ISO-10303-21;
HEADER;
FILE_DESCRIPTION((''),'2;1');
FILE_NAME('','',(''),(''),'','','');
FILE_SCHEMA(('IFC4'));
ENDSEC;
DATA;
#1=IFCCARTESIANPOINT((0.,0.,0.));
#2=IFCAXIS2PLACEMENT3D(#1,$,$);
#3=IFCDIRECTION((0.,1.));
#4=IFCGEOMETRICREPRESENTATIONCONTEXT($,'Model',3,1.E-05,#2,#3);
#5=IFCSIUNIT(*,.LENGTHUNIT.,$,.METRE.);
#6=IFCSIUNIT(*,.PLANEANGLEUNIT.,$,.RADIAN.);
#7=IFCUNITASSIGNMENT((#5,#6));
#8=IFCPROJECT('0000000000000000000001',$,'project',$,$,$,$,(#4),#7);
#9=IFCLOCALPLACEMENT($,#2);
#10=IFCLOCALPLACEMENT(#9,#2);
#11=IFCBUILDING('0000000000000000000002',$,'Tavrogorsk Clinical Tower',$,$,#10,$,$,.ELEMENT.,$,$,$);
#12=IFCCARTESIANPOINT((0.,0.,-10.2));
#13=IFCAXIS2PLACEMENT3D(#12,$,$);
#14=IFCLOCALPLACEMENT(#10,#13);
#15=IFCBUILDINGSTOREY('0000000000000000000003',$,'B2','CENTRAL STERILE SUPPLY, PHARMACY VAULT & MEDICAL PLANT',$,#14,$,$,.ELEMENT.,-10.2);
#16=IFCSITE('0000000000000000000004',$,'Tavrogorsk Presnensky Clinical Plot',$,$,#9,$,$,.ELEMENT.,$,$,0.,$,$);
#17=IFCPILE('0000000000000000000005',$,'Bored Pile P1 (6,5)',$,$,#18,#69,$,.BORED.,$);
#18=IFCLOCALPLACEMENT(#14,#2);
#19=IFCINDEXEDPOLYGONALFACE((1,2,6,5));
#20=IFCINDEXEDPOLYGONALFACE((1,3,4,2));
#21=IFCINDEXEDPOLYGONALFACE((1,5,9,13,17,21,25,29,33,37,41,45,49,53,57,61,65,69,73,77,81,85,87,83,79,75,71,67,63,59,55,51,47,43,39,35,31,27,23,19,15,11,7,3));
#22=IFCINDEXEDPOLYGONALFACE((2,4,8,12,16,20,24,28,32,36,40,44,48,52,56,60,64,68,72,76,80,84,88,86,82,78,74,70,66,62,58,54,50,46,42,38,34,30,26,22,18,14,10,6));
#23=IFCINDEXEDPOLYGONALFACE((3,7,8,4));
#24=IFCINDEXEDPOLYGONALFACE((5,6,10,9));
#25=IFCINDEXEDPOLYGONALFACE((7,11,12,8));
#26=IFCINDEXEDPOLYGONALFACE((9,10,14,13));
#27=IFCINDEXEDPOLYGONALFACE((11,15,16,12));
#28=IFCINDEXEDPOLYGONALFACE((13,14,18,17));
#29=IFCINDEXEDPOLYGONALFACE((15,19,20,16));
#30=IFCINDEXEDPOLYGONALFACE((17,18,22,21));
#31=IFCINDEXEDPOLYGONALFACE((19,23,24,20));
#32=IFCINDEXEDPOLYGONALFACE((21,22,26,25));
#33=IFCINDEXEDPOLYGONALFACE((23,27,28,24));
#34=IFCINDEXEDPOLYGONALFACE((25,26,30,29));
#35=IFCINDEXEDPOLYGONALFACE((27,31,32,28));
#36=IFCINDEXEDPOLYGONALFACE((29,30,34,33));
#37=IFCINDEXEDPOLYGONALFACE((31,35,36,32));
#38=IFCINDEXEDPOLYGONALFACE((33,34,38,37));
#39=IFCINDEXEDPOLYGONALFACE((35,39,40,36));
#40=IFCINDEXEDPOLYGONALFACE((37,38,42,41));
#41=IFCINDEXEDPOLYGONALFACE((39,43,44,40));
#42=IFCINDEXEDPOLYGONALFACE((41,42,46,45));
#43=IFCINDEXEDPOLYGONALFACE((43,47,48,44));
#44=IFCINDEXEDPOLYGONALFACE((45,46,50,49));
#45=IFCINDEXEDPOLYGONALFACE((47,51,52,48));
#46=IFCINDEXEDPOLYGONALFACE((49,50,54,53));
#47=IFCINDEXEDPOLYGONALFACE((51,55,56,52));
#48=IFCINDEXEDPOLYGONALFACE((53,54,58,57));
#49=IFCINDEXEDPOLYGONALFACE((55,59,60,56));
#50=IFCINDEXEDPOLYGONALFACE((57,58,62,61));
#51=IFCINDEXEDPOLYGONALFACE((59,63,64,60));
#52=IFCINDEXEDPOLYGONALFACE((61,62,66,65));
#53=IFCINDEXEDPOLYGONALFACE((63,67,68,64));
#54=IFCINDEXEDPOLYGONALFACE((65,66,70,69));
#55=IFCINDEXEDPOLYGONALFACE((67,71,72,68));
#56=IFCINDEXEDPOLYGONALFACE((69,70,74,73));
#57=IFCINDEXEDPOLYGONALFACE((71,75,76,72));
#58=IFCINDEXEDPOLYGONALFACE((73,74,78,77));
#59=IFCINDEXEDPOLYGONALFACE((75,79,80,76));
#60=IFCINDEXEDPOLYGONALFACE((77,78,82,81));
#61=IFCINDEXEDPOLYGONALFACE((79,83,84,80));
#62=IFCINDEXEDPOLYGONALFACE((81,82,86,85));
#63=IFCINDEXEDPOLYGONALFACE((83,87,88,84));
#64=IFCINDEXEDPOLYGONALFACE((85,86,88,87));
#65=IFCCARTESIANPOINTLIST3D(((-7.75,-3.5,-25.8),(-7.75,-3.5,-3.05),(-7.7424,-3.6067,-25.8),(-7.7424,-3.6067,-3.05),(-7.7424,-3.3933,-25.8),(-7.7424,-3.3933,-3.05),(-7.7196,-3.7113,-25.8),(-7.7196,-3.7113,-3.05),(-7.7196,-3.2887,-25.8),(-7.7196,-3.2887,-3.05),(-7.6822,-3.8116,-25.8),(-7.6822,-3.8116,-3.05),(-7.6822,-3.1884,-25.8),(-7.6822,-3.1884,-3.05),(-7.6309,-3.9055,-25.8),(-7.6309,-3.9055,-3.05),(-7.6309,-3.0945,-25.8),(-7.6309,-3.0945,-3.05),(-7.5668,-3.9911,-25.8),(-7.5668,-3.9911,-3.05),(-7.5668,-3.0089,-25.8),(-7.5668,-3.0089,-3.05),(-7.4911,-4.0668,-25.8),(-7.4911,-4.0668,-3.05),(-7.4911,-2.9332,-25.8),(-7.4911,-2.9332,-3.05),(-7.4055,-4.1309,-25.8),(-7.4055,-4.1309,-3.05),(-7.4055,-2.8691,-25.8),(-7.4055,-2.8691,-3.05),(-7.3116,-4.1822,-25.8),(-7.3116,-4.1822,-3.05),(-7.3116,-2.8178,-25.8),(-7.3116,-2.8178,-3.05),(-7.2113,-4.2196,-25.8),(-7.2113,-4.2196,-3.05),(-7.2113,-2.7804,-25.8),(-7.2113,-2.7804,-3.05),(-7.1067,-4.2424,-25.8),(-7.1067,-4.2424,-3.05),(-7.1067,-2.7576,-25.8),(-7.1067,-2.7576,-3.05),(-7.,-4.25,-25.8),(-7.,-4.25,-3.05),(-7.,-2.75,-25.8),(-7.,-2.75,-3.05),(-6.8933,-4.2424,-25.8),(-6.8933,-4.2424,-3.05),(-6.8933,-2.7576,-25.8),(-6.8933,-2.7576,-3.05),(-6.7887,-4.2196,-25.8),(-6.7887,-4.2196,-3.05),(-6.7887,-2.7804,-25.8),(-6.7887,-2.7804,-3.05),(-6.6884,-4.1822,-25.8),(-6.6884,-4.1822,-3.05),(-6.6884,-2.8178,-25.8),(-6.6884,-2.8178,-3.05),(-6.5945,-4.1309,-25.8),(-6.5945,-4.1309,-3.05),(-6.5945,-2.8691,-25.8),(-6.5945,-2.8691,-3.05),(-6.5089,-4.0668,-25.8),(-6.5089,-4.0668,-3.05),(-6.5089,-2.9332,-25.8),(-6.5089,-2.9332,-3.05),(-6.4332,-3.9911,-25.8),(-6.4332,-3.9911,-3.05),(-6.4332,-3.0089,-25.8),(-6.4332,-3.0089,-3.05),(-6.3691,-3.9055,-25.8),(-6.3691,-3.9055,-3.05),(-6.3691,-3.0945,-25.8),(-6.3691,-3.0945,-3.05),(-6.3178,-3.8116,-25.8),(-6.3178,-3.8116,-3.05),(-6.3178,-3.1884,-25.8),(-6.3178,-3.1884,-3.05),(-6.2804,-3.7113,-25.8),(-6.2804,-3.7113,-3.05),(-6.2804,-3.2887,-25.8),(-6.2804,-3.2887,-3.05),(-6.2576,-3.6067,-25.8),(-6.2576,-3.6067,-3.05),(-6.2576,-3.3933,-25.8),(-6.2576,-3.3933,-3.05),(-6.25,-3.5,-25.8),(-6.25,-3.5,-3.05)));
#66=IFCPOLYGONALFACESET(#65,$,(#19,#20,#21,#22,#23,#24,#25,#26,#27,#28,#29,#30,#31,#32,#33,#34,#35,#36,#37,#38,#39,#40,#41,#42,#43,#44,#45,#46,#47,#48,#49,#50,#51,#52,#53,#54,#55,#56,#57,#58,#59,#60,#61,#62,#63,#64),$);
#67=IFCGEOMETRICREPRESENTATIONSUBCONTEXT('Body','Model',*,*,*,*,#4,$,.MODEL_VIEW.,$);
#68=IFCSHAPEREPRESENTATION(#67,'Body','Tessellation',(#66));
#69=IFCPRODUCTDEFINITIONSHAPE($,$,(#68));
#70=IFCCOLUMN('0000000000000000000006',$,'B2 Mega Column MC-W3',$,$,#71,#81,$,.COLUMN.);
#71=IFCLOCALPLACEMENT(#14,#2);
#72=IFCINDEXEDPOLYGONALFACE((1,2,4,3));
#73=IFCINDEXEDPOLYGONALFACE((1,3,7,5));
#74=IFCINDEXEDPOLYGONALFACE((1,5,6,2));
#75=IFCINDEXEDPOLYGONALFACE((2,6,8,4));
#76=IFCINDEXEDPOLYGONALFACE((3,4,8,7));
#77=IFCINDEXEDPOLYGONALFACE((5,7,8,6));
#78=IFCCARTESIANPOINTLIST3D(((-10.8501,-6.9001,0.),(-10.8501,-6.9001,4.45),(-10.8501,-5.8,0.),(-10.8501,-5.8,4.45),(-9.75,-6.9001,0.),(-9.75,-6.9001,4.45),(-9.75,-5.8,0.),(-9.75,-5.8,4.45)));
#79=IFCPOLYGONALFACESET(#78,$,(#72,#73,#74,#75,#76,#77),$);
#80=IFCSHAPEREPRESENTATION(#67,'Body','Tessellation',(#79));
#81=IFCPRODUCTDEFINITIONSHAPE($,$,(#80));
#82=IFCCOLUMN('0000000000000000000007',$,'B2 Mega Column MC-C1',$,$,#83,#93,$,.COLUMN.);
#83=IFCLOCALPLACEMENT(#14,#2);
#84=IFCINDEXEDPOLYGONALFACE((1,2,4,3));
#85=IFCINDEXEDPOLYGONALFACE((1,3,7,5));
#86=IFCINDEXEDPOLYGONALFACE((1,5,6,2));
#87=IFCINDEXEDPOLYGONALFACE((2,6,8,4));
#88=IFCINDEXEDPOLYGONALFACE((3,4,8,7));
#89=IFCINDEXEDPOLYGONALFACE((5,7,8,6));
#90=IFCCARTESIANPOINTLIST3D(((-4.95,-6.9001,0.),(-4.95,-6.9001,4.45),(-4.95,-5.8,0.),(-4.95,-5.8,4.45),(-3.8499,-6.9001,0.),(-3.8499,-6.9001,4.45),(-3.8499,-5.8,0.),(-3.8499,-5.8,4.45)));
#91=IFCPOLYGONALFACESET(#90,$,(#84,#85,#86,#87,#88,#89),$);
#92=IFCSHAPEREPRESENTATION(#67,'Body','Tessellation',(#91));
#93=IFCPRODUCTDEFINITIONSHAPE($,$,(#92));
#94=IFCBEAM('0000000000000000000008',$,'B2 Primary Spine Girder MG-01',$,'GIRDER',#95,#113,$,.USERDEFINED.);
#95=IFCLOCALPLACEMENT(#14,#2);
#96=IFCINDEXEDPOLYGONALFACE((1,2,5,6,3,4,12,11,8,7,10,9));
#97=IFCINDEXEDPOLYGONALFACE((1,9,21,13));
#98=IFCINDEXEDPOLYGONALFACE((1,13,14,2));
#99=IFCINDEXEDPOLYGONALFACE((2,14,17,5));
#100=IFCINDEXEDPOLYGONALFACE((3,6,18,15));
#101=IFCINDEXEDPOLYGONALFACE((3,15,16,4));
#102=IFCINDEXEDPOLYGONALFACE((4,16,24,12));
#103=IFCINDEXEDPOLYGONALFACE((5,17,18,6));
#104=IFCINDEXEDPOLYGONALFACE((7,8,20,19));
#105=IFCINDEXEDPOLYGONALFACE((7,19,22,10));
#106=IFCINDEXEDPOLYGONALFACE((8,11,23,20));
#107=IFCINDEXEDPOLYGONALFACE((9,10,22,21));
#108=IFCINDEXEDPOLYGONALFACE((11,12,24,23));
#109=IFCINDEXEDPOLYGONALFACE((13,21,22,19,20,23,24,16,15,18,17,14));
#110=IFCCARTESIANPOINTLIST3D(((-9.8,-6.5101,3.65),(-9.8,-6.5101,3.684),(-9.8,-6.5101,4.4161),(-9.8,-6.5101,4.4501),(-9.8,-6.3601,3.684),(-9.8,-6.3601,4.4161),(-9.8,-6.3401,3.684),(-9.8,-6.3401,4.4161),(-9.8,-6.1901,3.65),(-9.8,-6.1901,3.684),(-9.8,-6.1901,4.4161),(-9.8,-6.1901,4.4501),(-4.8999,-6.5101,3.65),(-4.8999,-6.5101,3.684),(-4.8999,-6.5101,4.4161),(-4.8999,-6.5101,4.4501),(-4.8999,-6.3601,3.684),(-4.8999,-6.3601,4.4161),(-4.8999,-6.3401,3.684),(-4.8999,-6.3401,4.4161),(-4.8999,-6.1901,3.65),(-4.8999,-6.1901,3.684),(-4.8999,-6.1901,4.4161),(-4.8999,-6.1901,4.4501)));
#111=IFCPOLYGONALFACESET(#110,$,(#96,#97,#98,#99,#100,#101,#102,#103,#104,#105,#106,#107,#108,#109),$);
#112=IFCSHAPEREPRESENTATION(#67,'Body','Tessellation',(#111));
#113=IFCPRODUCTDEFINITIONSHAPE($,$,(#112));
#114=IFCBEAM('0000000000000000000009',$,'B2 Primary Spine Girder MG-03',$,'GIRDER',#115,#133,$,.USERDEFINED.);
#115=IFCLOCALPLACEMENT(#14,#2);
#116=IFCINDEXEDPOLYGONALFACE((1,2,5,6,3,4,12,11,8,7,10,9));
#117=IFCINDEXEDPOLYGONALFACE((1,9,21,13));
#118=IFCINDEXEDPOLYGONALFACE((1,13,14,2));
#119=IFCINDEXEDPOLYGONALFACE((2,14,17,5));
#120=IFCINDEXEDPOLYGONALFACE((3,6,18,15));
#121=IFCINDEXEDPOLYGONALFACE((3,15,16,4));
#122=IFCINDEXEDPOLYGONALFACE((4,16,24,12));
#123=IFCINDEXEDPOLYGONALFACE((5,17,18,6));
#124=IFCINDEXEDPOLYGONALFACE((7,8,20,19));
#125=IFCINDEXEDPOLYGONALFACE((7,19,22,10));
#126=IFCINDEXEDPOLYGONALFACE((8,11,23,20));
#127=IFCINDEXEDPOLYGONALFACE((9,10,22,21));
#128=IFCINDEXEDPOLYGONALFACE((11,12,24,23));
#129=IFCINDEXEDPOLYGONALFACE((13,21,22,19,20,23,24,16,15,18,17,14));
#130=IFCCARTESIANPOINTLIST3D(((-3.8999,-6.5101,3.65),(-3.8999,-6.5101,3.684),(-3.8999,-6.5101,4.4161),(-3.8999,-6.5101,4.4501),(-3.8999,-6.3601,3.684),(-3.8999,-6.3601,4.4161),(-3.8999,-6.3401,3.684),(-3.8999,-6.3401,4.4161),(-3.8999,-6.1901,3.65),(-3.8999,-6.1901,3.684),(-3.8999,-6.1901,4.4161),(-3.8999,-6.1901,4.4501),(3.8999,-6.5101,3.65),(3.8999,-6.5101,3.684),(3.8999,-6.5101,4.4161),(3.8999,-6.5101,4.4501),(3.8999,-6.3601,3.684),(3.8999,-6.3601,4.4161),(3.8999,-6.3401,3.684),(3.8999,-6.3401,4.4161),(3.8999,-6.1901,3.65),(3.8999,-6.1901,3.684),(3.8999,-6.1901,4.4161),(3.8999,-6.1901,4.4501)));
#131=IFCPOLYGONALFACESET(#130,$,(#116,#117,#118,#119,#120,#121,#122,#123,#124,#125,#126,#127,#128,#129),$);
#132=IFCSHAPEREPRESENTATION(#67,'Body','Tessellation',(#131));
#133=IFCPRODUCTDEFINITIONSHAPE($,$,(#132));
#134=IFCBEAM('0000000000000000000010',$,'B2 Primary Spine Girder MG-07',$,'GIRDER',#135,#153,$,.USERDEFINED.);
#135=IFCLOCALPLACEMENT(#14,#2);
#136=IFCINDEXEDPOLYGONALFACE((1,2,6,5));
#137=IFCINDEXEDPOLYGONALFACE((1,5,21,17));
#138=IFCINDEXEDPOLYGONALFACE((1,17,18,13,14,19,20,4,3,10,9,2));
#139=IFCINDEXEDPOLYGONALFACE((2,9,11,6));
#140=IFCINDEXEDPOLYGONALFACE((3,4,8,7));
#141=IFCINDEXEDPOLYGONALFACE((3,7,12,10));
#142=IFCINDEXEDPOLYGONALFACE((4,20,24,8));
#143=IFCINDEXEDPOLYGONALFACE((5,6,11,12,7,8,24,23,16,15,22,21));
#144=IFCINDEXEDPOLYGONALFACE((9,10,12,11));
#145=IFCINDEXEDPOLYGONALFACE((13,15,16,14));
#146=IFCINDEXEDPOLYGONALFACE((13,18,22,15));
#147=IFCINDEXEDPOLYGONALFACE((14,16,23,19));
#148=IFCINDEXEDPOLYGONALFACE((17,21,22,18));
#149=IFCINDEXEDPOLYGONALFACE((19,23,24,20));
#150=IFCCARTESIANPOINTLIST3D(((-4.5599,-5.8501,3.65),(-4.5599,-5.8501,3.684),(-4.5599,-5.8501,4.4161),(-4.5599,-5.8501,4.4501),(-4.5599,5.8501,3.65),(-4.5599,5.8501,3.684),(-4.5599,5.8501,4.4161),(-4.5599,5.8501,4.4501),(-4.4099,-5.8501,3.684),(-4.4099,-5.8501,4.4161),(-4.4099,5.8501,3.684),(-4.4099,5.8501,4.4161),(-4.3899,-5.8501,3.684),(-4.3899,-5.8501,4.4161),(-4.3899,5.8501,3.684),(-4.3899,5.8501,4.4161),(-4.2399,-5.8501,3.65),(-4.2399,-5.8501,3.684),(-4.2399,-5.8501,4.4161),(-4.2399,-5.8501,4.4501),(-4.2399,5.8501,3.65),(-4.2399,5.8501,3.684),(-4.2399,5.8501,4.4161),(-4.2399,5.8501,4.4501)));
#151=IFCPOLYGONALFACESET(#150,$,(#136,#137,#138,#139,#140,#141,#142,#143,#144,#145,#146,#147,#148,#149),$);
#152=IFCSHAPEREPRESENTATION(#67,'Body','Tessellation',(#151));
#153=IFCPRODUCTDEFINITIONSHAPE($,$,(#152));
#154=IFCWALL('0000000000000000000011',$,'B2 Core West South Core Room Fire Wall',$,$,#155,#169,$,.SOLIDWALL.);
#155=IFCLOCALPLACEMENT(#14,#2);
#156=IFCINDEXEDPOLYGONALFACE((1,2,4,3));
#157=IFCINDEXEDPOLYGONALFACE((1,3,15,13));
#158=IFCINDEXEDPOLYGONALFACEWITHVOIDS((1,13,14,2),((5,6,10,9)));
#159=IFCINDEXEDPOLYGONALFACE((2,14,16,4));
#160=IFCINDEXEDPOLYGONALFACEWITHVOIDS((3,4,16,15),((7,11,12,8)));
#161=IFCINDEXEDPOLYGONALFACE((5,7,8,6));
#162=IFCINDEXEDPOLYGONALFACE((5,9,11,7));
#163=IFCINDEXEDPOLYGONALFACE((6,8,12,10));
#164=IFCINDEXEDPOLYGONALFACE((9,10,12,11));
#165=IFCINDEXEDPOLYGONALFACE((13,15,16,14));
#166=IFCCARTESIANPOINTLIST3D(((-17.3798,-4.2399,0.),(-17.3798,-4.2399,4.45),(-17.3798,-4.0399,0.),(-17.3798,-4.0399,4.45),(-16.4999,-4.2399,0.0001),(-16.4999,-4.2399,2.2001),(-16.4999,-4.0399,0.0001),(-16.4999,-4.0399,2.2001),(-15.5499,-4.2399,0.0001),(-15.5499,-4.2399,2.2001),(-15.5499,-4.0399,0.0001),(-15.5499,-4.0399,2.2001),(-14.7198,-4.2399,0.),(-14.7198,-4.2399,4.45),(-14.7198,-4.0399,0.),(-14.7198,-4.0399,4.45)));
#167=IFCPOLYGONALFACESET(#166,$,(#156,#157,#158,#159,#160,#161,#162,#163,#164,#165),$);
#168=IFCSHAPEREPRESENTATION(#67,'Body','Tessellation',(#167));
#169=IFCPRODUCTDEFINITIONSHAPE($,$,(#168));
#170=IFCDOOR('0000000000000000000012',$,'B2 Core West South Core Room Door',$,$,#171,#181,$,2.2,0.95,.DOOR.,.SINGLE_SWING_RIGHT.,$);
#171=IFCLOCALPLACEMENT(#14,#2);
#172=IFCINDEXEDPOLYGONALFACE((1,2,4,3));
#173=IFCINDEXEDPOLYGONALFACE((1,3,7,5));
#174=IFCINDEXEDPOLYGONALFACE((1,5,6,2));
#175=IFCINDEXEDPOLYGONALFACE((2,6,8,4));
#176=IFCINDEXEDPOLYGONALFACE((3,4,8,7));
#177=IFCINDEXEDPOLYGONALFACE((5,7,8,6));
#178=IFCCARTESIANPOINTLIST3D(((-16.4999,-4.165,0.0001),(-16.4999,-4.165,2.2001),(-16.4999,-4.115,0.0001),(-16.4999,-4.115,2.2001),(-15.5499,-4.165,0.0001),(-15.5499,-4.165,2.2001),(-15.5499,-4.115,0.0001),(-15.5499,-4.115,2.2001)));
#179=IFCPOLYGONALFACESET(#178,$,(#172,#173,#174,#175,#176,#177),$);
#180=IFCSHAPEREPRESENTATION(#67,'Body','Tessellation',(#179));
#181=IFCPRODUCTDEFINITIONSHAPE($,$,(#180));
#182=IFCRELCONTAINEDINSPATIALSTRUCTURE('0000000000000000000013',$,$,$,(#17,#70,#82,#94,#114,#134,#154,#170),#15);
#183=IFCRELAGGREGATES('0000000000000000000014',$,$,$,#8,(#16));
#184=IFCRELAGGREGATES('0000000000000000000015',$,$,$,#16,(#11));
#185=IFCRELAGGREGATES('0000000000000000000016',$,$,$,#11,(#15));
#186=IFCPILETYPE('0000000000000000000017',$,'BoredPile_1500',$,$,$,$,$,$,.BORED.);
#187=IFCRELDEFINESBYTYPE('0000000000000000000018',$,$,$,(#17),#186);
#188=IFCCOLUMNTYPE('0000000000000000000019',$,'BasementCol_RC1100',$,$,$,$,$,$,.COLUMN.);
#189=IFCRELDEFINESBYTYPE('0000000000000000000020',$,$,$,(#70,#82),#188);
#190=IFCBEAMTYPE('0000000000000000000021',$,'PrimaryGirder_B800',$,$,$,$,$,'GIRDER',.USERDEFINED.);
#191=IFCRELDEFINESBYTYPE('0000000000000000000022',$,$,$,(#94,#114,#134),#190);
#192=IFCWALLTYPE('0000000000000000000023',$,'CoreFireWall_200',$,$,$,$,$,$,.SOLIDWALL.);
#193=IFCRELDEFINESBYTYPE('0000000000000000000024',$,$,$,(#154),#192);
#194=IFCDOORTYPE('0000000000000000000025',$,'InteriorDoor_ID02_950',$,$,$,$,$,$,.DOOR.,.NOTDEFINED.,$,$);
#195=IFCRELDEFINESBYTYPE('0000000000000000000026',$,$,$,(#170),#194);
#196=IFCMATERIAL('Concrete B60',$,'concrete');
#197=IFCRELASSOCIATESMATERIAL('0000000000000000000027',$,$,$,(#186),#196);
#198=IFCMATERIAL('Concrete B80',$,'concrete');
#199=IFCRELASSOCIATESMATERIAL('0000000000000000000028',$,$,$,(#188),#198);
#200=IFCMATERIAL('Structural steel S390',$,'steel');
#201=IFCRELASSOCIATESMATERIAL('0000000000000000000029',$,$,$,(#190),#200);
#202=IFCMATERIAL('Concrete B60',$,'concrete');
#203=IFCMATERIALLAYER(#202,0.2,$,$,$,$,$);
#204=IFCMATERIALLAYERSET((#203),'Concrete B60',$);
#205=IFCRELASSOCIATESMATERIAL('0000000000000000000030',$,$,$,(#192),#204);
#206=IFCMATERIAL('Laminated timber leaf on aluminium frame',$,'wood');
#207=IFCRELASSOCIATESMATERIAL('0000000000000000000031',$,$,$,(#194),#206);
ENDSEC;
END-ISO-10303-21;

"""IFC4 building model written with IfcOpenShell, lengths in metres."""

from ifc_helpers import new_model, si_unit, direction, frame, frame_2d, origin, origin_2d, place, context, subcontext, project, spatial, rectangle, circle, i_section, extrude, material, layer, layer_set, material_profile, profile_set, type_object, element, fill, save


model = new_model("IFC4")

# Units and contexts
model_context = context("Model", 3, precision=1e-05, world=origin(), true_north=direction((0.0, 1.0)))
body_context = subcontext(model_context, "Body", "Model", "MODEL_VIEW")
ifc_project = project(units=[si_unit("LENGTHUNIT", "METRE"), si_unit("PLANEANGLEUNIT", "RADIAN")], contexts=[model_context])

# Site, building, storey
site_placement = place(None, origin())
site = spatial("IfcSite", under=ifc_project, at=site_placement, Name="Tavrogorsk Presnensky Clinical Plot", CompositionType="ELEMENT", RefElevation=0.0)
building_placement = place(site_placement, origin())
building = spatial("IfcBuilding", under=site, at=building_placement, Name="Tavrogorsk Clinical Tower", CompositionType="ELEMENT")
storey_placement = place(building_placement, frame((0.0, 0.0, -10.2)))
storey = spatial("IfcBuildingStorey", under=building, at=storey_placement, Name="B2", Description="CENTRAL STERILE SUPPLY, PHARMACY VAULT & MEDICAL PLANT", CompositionType="ELEMENT", Elevation=-10.2)

# Pile
ifc_material_1 = material(Name="Concrete B60", Category="concrete")
ifc_material_profile_1 = material_profile(ifc_material_1, circle(Radius=0.75, at=origin_2d()), Name="BORED-PILE-1500")
ifc_profile_set_1 = profile_set([ifc_material_profile_1], Name="Concrete B60")
pile_type = type_object("IfcPileType", Name="BoredPile_1500", PredefinedType="BORED", material=ifc_profile_set_1)
for number, where, z_axis, x_axis, name in (
    (1, (-7.0, -3.5, -3.05), (0.0, 0.0, -1.0), (1.0, 0.0, 0.0), "Bored Pile P1 (6,5)"),
):
    element("IfcPile", number, at=place(storey_placement, frame(where, z_axis=z_axis, x_axis=x_axis)), inside=storey, type_object=pile_type, Name=name, PredefinedType="BORED", context=body_context, shape_type="SweptSolid", body=[
        extrude(circle(Radius=0.75, at=origin_2d()), origin(), (0.0, 0.0, 1.0), 22.75),
    ])

# Columns
ifc_material_2 = material(Name="Concrete B80", Category="concrete")
ifc_material_profile_2 = material_profile(ifc_material_2, rectangle(XDim=1.1001, YDim=1.1001, at=origin_2d()), Name="RC-COL-1100x1100")
ifc_profile_set_2 = profile_set([ifc_material_profile_2], Name="Concrete B80")
column_type = type_object("IfcColumnType", Name="BasementCol_RC1100", PredefinedType="COLUMN", material=ifc_profile_set_2)
for number, where, z_axis, x_axis, name in (
    (2, (-10.3, -6.3501, 0.0), (0.0, 0.0, 1.0), (1.0, 0.0, 0.0), "B2 Mega Column MC-W3"),
    (3, (-4.3999, -6.3501, 0.0), (0.0, 0.0, 1.0), (1.0, 0.0, 0.0), "B2 Mega Column MC-C1"),
):
    element("IfcColumn", number, at=place(storey_placement, frame(where, z_axis=z_axis, x_axis=x_axis)), inside=storey, type_object=column_type, Name=name, PredefinedType="COLUMN", context=body_context, shape_type="SweptSolid", body=[
        extrude(rectangle(XDim=1.1001, YDim=1.1001, at=origin_2d()), origin(), (0.0, 0.0, 1.0), 4.45),
    ])

# Beams
ifc_material_3 = material(Name="Structural steel S390", Category="steel")
ifc_material_profile_3 = material_profile(ifc_material_3, i_section(OverallWidth=0.3201, OverallDepth=0.8, WebThickness=0.02, FlangeThickness=0.0339, at=origin_2d()), Name="B-800x320x20x34")
ifc_profile_set_3 = profile_set([ifc_material_profile_3], Name="Structural steel S390")
beam_type = type_object("IfcBeamType", Name="PrimaryGirder_B800", ElementType="GIRDER", PredefinedType="USERDEFINED", material=ifc_profile_set_3)
beam_1_placement = place(storey_placement, frame((-9.8, -6.3501, 4.05), z_axis=(1.0, 0.0, 0.0), x_axis=(0.0, 1.0, 0.0)))
element("IfcBeam", 4, at=beam_1_placement, inside=storey, type_object=beam_type, Name="B2 Primary Spine Girder MG-01", ObjectType="GIRDER", PredefinedType="USERDEFINED", context=body_context, shape_type="SweptSolid", body=[
    extrude(i_section(OverallWidth=0.3201, OverallDepth=0.8, WebThickness=0.02, FlangeThickness=0.0339, at=origin_2d()), origin(), (0.0, 0.0, 1.0), 4.9001),
])
beam_2_placement = place(storey_placement, frame((-3.8999, -6.3501, 4.05), z_axis=(1.0, 0.0, 0.0), x_axis=(0.0, 1.0, 0.0)))
element("IfcBeam", 5, at=beam_2_placement, inside=storey, type_object=beam_type, Name="B2 Primary Spine Girder MG-03", ObjectType="GIRDER", PredefinedType="USERDEFINED", context=body_context, shape_type="SweptSolid", body=[
    extrude(i_section(OverallWidth=0.3201, OverallDepth=0.8, WebThickness=0.02, FlangeThickness=0.0339, at=origin_2d()), origin(), (0.0, 0.0, 1.0), 7.7998),
])
beam_3_placement = place(storey_placement, frame((-4.3999, -5.8501, 4.05), z_axis=(0.0, 1.0, 0.0), x_axis=(-1.0, 0.0, 0.0)))
element("IfcBeam", 6, at=beam_3_placement, inside=storey, type_object=beam_type, Name="B2 Primary Spine Girder MG-07", ObjectType="GIRDER", PredefinedType="USERDEFINED", context=body_context, shape_type="SweptSolid", body=[
    extrude(i_section(OverallWidth=0.3201, OverallDepth=0.8, WebThickness=0.02, FlangeThickness=0.0339, at=origin_2d()), origin(), (0.0, 0.0, 1.0), 11.7002),
])

# Wall, opening, door
ifc_material_4 = material(Name="Concrete B60", Category="concrete")
ifc_layer_1 = layer(ifc_material_4, 0.2)
ifc_layer_set_1 = layer_set([ifc_layer_1], Name="Concrete B60")
wall_type_1 = type_object("IfcWallType", Name="CoreFireWall_200", PredefinedType="SOLIDWALL", material=ifc_layer_set_1)
wall_1_placement = place(storey_placement, frame((-17.3799, -4.1399, 0.0), z_axis=(0.0, 0.0, 1.0), x_axis=(1.0, 0.0, 0.0)))
wall_1 = element("IfcWall", 7, at=wall_1_placement, inside=storey, type_object=wall_type_1, Name="B2 Core West South Core Room Fire Wall", PredefinedType="SOLIDWALL", context=body_context, shape_type="SweptSolid", body=[
    extrude(rectangle(XDim=2.6599, YDim=0.2, at=frame_2d((1.3301, 0.0))), origin(), (0.0, 0.0, 1.0), 4.45),
])
opening_1_placement = place(wall_1_placement, frame((0.8799, 0.0, 0.0)))
opening_1 = element("IfcOpeningElement", 8, at=opening_1_placement, cuts=wall_1, PredefinedType="OPENING", context=body_context, shape_type="SweptSolid", body=[
    extrude(rectangle(XDim=0.95, YDim=2.2, at=frame_2d((0.4751, 1.1001))), frame((0.0, 0.1099, 0.0), z_axis=(0.0, -1.0, 0.0), x_axis=(1.0, 0.0, 0.0)), (0.0, 0.0, 1.0), 0.22),
])
ifc_material_5 = material(Name="Laminated timber leaf on aluminium frame", Category="wood")
door_type_1 = type_object("IfcDoorType", Name="InteriorDoor_ID02_950", OperationType="NOTDEFINED", PredefinedType="DOOR", material=ifc_material_5)
door_1_placement = place(opening_1_placement, origin())
door_1 = element("IfcDoor", 9, at=door_1_placement, inside=storey, type_object=door_type_1, Name="B2 Core West South Core Room Door", OperationType="SINGLE_SWING_RIGHT", OverallHeight=2.2, OverallWidth=0.95, PredefinedType="DOOR", context=body_context, shape_type="SweptSolid", body=[
    extrude(rectangle(XDim=0.95, YDim=2.2, at=frame_2d((0.4751, 1.1001))), frame((0.0, 0.0249, 0.0), z_axis=(0.0, -1.0, 0.0), x_axis=(1.0, 0.0, 0.0)), (0.0, 0.0, 1.0), 0.05),
])
fill(opening_1, door_1)

save(model, "model.ifc")
